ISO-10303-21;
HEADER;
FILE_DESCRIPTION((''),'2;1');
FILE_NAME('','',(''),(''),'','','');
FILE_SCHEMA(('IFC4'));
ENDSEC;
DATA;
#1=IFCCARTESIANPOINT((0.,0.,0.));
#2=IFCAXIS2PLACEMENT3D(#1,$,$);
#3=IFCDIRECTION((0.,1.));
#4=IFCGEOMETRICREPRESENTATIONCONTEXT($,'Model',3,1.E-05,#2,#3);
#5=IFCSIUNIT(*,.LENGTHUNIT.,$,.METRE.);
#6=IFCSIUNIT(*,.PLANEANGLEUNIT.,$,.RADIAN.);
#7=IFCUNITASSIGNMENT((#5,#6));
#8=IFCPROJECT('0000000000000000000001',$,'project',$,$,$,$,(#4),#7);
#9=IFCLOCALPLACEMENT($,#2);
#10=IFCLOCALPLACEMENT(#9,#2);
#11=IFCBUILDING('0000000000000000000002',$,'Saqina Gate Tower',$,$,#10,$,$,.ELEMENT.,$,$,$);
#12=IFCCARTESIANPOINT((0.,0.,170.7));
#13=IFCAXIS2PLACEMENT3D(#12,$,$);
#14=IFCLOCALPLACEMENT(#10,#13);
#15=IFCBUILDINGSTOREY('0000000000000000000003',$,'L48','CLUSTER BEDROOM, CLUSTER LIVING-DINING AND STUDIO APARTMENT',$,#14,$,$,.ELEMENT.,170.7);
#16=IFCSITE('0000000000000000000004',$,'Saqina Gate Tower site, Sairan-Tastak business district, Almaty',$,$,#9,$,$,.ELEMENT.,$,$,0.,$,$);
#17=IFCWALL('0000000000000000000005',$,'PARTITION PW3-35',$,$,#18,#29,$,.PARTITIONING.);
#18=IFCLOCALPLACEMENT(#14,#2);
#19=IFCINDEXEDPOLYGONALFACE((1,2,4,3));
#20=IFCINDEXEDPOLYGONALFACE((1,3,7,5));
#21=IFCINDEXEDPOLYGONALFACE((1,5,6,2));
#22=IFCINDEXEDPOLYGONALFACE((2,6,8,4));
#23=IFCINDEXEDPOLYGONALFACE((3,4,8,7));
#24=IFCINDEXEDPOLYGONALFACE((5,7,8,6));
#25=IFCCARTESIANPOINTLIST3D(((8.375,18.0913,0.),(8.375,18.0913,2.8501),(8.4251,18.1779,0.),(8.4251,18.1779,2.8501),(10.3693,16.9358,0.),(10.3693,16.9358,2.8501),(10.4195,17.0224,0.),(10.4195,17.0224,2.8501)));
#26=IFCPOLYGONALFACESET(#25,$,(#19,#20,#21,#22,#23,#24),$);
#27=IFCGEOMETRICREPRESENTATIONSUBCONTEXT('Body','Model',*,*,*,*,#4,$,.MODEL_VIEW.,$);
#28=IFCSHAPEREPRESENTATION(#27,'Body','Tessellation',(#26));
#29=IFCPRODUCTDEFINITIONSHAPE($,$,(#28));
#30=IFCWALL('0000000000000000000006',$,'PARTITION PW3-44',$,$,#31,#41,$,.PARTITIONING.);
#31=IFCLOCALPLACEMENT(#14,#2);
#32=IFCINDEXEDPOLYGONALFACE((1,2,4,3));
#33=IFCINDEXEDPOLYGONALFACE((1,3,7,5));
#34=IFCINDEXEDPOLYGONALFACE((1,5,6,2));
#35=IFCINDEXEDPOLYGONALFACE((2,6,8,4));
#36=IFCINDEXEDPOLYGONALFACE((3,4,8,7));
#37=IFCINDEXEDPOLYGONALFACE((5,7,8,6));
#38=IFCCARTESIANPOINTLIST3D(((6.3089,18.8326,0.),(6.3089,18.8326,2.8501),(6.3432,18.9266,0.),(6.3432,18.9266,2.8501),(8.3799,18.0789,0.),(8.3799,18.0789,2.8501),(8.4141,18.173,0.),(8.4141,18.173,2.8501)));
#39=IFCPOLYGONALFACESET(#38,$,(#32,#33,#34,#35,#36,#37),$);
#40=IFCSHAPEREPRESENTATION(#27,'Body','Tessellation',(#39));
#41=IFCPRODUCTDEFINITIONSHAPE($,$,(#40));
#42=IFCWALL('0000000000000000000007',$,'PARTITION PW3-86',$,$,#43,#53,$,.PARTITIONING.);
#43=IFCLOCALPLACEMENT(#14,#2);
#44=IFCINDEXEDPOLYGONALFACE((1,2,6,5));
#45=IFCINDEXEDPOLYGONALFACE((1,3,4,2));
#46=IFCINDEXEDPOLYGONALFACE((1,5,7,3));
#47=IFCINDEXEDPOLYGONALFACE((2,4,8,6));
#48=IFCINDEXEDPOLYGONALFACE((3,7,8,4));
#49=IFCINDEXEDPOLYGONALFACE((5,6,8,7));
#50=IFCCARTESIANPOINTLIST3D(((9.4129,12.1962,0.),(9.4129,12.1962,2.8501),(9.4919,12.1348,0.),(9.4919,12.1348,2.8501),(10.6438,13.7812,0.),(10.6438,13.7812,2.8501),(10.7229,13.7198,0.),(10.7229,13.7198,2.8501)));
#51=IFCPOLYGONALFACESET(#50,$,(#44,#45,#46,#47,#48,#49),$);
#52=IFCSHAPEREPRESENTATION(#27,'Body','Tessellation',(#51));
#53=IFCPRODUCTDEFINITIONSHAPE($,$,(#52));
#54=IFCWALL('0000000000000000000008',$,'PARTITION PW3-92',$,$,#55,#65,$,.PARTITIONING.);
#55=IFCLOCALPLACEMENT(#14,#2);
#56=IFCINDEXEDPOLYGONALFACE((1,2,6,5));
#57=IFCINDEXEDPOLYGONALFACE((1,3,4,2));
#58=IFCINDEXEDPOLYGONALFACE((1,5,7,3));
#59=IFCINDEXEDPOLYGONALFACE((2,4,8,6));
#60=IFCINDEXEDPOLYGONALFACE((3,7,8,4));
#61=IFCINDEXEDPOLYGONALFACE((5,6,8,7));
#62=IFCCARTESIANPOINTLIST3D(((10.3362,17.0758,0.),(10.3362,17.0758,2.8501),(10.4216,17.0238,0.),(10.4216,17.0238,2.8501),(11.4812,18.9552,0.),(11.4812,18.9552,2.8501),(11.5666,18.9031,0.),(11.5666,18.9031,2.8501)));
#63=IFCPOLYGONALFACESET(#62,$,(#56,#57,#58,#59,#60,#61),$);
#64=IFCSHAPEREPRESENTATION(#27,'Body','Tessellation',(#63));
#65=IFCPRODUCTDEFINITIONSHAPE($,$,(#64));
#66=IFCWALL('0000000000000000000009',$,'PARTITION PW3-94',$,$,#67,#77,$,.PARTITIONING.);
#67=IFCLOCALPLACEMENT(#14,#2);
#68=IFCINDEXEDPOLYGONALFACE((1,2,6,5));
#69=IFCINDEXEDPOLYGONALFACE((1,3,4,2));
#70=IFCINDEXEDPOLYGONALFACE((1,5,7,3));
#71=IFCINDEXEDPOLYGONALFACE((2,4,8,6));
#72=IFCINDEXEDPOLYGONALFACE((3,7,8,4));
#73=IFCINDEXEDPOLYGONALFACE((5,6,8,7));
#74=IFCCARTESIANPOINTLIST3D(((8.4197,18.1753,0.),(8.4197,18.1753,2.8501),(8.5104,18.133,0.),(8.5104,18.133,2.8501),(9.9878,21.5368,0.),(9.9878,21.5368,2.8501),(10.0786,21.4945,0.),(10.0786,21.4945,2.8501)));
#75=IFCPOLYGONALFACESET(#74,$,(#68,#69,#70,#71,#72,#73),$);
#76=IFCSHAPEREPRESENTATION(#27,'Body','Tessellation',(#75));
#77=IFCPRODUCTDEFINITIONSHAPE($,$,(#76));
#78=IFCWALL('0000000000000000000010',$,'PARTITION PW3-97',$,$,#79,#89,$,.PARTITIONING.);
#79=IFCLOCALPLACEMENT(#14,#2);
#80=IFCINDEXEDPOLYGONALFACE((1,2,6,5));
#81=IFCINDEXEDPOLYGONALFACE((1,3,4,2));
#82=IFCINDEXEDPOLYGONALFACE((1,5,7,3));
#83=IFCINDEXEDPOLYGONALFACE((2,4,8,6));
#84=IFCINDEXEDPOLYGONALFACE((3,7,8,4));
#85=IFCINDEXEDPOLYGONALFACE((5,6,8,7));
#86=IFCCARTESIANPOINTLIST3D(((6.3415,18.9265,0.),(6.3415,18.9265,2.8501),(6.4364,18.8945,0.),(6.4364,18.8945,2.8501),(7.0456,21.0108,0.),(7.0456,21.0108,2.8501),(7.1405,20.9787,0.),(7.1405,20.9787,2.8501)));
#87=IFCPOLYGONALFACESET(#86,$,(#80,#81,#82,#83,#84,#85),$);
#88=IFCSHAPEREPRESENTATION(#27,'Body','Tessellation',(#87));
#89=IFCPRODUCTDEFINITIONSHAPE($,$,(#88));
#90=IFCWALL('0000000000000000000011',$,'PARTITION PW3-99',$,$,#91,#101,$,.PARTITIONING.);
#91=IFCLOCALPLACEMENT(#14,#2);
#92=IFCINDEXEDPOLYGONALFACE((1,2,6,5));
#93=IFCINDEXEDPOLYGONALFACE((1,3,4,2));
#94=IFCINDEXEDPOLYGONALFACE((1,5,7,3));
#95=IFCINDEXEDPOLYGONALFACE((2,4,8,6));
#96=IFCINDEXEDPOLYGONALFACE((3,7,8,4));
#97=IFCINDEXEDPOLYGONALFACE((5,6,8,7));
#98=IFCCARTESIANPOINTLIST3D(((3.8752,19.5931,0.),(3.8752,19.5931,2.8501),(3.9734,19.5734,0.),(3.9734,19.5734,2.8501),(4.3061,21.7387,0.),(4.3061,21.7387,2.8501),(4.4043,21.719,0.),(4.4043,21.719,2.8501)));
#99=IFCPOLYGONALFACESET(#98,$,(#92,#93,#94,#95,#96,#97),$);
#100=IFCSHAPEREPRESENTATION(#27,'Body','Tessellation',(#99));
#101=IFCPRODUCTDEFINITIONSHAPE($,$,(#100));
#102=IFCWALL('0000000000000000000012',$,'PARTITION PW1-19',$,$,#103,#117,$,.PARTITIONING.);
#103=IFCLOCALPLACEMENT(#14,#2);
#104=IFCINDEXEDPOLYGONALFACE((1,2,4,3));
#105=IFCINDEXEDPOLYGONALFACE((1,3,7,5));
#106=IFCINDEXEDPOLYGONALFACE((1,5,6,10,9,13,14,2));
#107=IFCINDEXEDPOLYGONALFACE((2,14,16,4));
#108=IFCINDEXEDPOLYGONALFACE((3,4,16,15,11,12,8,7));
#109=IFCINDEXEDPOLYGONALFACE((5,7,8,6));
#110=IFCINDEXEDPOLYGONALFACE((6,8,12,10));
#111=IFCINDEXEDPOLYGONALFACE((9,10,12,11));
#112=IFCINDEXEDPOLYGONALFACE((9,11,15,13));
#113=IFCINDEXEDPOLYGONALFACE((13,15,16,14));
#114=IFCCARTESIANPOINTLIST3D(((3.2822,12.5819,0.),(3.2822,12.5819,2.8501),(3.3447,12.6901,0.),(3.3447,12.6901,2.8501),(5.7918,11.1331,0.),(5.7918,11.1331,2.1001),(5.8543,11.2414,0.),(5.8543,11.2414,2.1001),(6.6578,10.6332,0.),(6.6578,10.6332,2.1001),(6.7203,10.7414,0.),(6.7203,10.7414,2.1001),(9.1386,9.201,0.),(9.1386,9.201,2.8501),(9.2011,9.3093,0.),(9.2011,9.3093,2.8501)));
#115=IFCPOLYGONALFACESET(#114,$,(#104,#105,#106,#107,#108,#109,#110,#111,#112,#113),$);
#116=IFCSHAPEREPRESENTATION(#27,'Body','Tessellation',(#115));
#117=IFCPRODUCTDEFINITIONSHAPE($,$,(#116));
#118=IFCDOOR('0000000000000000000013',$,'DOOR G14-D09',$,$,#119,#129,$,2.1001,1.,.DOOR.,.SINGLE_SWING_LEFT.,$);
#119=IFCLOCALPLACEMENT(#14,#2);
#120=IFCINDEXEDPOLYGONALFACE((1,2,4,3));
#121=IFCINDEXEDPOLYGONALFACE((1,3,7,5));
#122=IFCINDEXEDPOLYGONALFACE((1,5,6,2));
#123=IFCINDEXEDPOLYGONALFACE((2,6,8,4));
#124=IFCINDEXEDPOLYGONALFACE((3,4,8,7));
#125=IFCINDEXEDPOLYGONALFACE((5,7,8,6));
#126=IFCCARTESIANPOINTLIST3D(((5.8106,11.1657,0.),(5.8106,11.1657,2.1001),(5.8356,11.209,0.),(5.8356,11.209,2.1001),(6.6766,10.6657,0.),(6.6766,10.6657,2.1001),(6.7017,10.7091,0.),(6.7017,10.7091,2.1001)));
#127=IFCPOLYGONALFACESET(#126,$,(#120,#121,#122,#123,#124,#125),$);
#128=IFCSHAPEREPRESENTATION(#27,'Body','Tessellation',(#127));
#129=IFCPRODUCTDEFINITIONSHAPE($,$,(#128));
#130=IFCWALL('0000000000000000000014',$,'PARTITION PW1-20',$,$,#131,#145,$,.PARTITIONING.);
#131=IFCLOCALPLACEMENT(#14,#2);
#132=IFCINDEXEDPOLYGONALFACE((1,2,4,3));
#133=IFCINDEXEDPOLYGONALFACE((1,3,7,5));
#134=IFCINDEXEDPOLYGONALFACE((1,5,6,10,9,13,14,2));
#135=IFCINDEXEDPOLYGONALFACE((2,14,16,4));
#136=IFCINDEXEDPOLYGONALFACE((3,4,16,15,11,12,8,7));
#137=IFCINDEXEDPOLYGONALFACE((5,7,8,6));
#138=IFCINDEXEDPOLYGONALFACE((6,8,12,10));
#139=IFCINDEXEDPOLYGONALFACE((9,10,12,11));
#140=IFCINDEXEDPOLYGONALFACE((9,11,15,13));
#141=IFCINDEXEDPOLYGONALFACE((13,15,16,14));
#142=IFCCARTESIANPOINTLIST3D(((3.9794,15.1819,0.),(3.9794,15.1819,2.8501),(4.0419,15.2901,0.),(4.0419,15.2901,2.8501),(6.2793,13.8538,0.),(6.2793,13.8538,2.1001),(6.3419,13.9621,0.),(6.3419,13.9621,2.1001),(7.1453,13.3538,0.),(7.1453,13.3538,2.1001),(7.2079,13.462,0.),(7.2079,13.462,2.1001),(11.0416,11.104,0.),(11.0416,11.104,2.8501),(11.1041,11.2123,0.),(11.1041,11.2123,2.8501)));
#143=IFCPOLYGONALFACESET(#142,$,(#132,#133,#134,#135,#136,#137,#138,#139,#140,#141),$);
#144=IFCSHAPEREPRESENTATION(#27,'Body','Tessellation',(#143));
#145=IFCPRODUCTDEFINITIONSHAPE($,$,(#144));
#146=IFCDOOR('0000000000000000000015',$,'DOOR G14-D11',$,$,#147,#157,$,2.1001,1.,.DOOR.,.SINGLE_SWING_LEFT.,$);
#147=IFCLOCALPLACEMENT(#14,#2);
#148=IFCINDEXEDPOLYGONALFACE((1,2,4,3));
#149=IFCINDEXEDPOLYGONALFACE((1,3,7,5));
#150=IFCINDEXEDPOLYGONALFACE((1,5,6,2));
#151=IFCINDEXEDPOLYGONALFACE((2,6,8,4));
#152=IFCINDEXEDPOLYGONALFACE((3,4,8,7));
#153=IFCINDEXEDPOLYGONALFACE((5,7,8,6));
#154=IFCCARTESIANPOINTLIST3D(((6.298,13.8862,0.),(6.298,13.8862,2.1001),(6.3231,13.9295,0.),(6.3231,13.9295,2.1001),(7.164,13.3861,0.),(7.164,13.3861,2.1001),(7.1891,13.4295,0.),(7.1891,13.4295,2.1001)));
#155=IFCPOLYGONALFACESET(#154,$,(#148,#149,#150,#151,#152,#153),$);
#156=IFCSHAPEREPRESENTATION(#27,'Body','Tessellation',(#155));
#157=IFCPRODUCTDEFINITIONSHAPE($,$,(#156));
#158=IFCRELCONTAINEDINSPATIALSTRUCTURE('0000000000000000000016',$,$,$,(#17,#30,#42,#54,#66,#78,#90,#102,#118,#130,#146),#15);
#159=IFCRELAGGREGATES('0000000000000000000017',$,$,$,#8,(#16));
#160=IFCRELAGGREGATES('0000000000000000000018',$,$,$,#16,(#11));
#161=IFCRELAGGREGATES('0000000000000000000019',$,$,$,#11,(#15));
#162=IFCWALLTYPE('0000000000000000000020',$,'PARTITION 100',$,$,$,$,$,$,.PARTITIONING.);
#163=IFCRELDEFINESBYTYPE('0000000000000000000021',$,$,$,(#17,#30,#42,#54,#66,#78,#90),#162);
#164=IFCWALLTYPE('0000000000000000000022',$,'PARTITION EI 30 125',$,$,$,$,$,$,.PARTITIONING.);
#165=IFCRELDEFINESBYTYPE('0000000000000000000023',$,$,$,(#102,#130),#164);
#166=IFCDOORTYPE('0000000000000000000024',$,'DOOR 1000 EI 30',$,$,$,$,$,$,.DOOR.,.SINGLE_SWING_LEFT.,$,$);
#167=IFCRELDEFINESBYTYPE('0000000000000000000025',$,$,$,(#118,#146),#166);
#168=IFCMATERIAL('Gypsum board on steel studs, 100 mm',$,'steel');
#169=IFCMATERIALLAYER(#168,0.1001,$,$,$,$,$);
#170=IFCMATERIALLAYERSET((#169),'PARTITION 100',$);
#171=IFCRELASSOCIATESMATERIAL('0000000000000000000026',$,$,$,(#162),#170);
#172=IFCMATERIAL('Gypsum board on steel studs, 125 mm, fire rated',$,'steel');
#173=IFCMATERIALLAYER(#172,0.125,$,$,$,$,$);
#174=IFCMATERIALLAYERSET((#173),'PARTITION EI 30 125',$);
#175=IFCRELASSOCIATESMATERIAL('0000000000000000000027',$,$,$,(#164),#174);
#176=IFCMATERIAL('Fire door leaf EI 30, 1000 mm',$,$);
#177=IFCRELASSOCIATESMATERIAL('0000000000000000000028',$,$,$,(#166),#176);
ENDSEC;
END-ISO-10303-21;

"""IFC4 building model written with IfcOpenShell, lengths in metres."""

from ifc_helpers import new_model, si_unit, direction, frame, frame_2d, origin, place, context, subcontext, project, spatial, rectangle, extrude, material, layer, layer_set, type_object, element, fill, save


model = new_model("IFC4")

# Units and contexts
model_context = context("Model", 3, precision=1e-05, world=origin(), true_north=direction((0.0, 1.0)))
body_context = subcontext(model_context, "Body", "Model", "MODEL_VIEW")
ifc_project = project(units=[si_unit("LENGTHUNIT", "METRE"), si_unit("PLANEANGLEUNIT", "RADIAN")], contexts=[model_context])

# Site, building, storey
site_placement = place(None, origin())
site = spatial("IfcSite", under=ifc_project, at=site_placement, Name="Saqina Gate Tower site, Sairan-Tastak business district, Almaty", CompositionType="ELEMENT", RefElevation=0.0)
building_placement = place(site_placement, origin())
building = spatial("IfcBuilding", under=site, at=building_placement, Name="Saqina Gate Tower", CompositionType="ELEMENT")
storey_placement = place(building_placement, frame((0.0, 0.0, 170.7)))
storey = spatial("IfcBuildingStorey", under=building, at=storey_placement, Name="L48", Description="CLUSTER BEDROOM, CLUSTER LIVING-DINING AND STUDIO APARTMENT", CompositionType="ELEMENT", Elevation=170.7)

# Walls
ifc_material_1 = material(Name="Gypsum board on steel studs, 100 mm", Category="steel")
ifc_layer_1 = layer(ifc_material_1, 0.1001)
ifc_layer_set_1 = layer_set([ifc_layer_1], Name="PARTITION 100")
wall_type_1 = type_object("IfcWallType", Name="PARTITION 100", PredefinedType="PARTITIONING", material=ifc_layer_set_1)
wall_1_placement = place(storey_placement, frame((8.4001, 18.1345, 0.0), z_axis=(0.0, 0.0, 1.0), x_axis=(0.865262, -0.50132, 0.0)))
element("IfcWall", 1, at=wall_1_placement, inside=storey, type_object=wall_type_1, Name="PARTITION PW3-35", PredefinedType="PARTITIONING", context=body_context, shape_type="SweptSolid", body=[
    extrude(rectangle(XDim=2.3049, YDim=0.1001, at=frame_2d((1.1523, 0.0))), origin(), (0.0, 0.0, 1.0), 2.8501),
])
wall_2_placement = place(storey_placement, frame((6.3259, 18.8796, 0.0), z_axis=(0.0, 0.0, 1.0), x_axis=(0.939713, -0.341965, 0.0)))
element("IfcWall", 2, at=wall_2_placement, inside=storey, type_object=wall_type_1, Name="PARTITION PW3-44", PredefinedType="PARTITIONING", context=body_context, shape_type="SweptSolid", body=[
    extrude(rectangle(XDim=2.2039, YDim=0.1001, at=frame_2d((1.1021, 0.0))), origin(), (0.0, 0.0, 1.0), 2.8501),
])
wall_3_placement = place(storey_placement, frame((9.4524, 12.1655, 0.0), z_axis=(0.0, 0.0, 1.0), x_axis=(0.613385, 0.789784, 0.0)))
element("IfcWall", 3, at=wall_3_placement, inside=storey, type_object=wall_type_1, Name="PARTITION PW3-86", PredefinedType="PARTITIONING", context=body_context, shape_type="SweptSolid", body=[
    extrude(rectangle(XDim=2.0068, YDim=0.1001, at=frame_2d((1.0034, 0.0))), origin(), (0.0, 0.0, 1.0), 2.8501),
])
wall_4_placement = place(storey_placement, frame((10.3789, 17.0498, 0.0), z_axis=(0.0, 0.0, 1.0), x_axis=(0.520292, 0.853989, 0.0)))
element("IfcWall", 4, at=wall_4_placement, inside=storey, type_object=wall_type_1, Name="PARTITION PW3-92", PredefinedType="PARTITIONING", context=body_context, shape_type="SweptSolid", body=[
    extrude(rectangle(XDim=2.2007, YDim=0.1001, at=frame_2d((1.1003, 0.0))), origin(), (0.0, 0.0, 1.0), 2.8501),
])
wall_5_placement = place(storey_placement, frame((8.4651, 18.1543, 0.0), z_axis=(0.0, 0.0, 1.0), x_axis=(0.422774, 0.906235, 0.0)))
element("IfcWall", 5, at=wall_5_placement, inside=storey, type_object=wall_type_1, Name="PARTITION PW3-94", PredefinedType="PARTITIONING", context=body_context, shape_type="SweptSolid", body=[
    extrude(rectangle(XDim=3.7092, YDim=0.1001, at=frame_2d((1.8545, 0.0))), origin(), (0.0, 0.0, 1.0), 2.8501),
])
wall_6_placement = place(storey_placement, frame((6.3889, 18.9104, 0.0), z_axis=(0.0, 0.0, 1.0), x_axis=(0.320054, 0.947399, 0.0)))
element("IfcWall", 6, at=wall_6_placement, inside=storey, type_object=wall_type_1, Name="PARTITION PW3-97", PredefinedType="PARTITIONING", context=body_context, shape_type="SweptSolid", body=[
    extrude(rectangle(XDim=2.2, YDim=0.1001, at=frame_2d((1.1001, 0.0))), origin(), (0.0, 0.0, 1.0), 2.8501),
])
wall_7_placement = place(storey_placement, frame((3.9243, 19.5833, 0.0), z_axis=(0.0, 0.0, 1.0), x_axis=(0.196888, 0.980426, 0.0)))
element("IfcWall", 7, at=wall_7_placement, inside=storey, type_object=wall_type_1, Name="PARTITION PW3-99", PredefinedType="PARTITIONING", context=body_context, shape_type="SweptSolid", body=[
    extrude(rectangle(XDim=2.1885, YDim=0.1001, at=frame_2d((1.0942, 0.0))), origin(), (0.0, 0.0, 1.0), 2.8501),
])

# Walls, openings, doors
ifc_material_2 = material(Name="Gypsum board on steel studs, 125 mm, fire rated", Category="steel")
ifc_layer_2 = layer(ifc_material_2, 0.125)
ifc_layer_set_2 = layer_set([ifc_layer_2], Name="PARTITION EI 30 125")
wall_type_2 = type_object("IfcWallType", Name="PARTITION EI 30 125", PredefinedType="PARTITIONING", material=ifc_layer_set_2)
wall_8_placement = place(storey_placement, frame((3.3135, 12.636, 0.0), z_axis=(0.0, 0.0, 1.0), x_axis=(0.866049, -0.49996, 0.0)))
wall_8 = element("IfcWall", 8, at=wall_8_placement, inside=storey, type_object=wall_type_2, Name="PARTITION PW1-19", PredefinedType="PARTITIONING", context=body_context, shape_type="SweptSolid", body=[
    extrude(rectangle(XDim=6.7622, YDim=0.125, at=frame_2d((3.3811, 0.0))), origin(), (0.0, 0.0, 1.0), 2.8501),
])
opening_1_placement = place(wall_8_placement, frame((2.8977, 0.0, 0.0)))
opening_1 = element("IfcOpeningElement", 9, at=opening_1_placement, cuts=wall_8, PredefinedType="OPENING", context=body_context, shape_type="SweptSolid", body=[
    extrude(rectangle(XDim=1.0, YDim=2.1001, at=frame_2d((0.5, 1.05))), frame((0.0, 0.0745, 0.0), z_axis=(0.0, -1.0, 0.0), x_axis=(1.0, 0.0, 0.0)), (0.0, 0.0, 1.0), 0.1489),
])
ifc_material_3 = material(Name="Fire door leaf EI 30, 1000 mm")
door_type_1 = type_object("IfcDoorType", Name="DOOR 1000 EI 30", OperationType="SINGLE_SWING_LEFT", PredefinedType="DOOR", material=ifc_material_3)
door_1_placement = place(opening_1_placement, frame((1.0, 0.0, 0.0), z_axis=(0.0, 0.0, 1.0), x_axis=(-1.0, 0.0, 0.0)))
door_1 = element("IfcDoor", 10, at=door_1_placement, inside=storey, type_object=door_type_1, Name="DOOR G14-D09", OperationType="SINGLE_SWING_LEFT", OverallHeight=2.1001, OverallWidth=1.0, PredefinedType="DOOR", context=body_context, shape_type="SweptSolid", body=[
    extrude(rectangle(XDim=1.0, YDim=2.1001, at=frame_2d((0.5, 1.05))), frame((0.0, 0.0249, 0.0), z_axis=(0.0, -1.0, 0.0), x_axis=(1.0, 0.0, 0.0)), (0.0, 0.0, 1.0), 0.05),
])
fill(opening_1, door_1)
wall_9_placement = place(storey_placement, frame((4.0105, 15.2361, 0.0), z_axis=(0.0, 0.0, 1.0), x_axis=(0.866, -0.500045, 0.0)))
wall_9 = element("IfcWall", 11, at=wall_9_placement, inside=storey, type_object=wall_type_2, Name="PARTITION PW1-20", PredefinedType="PARTITIONING", context=body_context, shape_type="SweptSolid", body=[
    extrude(rectangle(XDim=8.155, YDim=0.125, at=frame_2d((4.0776, 0.0))), origin(), (0.0, 0.0, 1.0), 2.8501),
])
opening_2_placement = place(wall_9_placement, frame((2.656, 0.0, 0.0)))
opening_2 = element("IfcOpeningElement", 12, at=opening_2_placement, cuts=wall_9, PredefinedType="OPENING", context=body_context, shape_type="SweptSolid", body=[
    extrude(rectangle(XDim=1.0, YDim=2.1001, at=frame_2d((0.5, 1.05))), frame((0.0, 0.0745, 0.0), z_axis=(0.0, -1.0, 0.0), x_axis=(1.0, 0.0, 0.0)), (0.0, 0.0, 1.0), 0.1489),
])
door_2_placement = place(opening_2_placement, origin())
door_2 = element("IfcDoor", 13, at=door_2_placement, inside=storey, type_object=door_type_1, Name="DOOR G14-D11", OperationType="SINGLE_SWING_LEFT", OverallHeight=2.1001, OverallWidth=1.0, PredefinedType="DOOR", context=body_context, shape_type="SweptSolid", body=[
    extrude(rectangle(XDim=1.0, YDim=2.1001, at=frame_2d((0.5, 1.05))), frame((0.0, 0.0249, 0.0), z_axis=(0.0, -1.0, 0.0), x_axis=(1.0, 0.0, 0.0)), (0.0, 0.0, 1.0), 0.05),
])
fill(opening_2, door_2)

save(model, "model.ifc")
